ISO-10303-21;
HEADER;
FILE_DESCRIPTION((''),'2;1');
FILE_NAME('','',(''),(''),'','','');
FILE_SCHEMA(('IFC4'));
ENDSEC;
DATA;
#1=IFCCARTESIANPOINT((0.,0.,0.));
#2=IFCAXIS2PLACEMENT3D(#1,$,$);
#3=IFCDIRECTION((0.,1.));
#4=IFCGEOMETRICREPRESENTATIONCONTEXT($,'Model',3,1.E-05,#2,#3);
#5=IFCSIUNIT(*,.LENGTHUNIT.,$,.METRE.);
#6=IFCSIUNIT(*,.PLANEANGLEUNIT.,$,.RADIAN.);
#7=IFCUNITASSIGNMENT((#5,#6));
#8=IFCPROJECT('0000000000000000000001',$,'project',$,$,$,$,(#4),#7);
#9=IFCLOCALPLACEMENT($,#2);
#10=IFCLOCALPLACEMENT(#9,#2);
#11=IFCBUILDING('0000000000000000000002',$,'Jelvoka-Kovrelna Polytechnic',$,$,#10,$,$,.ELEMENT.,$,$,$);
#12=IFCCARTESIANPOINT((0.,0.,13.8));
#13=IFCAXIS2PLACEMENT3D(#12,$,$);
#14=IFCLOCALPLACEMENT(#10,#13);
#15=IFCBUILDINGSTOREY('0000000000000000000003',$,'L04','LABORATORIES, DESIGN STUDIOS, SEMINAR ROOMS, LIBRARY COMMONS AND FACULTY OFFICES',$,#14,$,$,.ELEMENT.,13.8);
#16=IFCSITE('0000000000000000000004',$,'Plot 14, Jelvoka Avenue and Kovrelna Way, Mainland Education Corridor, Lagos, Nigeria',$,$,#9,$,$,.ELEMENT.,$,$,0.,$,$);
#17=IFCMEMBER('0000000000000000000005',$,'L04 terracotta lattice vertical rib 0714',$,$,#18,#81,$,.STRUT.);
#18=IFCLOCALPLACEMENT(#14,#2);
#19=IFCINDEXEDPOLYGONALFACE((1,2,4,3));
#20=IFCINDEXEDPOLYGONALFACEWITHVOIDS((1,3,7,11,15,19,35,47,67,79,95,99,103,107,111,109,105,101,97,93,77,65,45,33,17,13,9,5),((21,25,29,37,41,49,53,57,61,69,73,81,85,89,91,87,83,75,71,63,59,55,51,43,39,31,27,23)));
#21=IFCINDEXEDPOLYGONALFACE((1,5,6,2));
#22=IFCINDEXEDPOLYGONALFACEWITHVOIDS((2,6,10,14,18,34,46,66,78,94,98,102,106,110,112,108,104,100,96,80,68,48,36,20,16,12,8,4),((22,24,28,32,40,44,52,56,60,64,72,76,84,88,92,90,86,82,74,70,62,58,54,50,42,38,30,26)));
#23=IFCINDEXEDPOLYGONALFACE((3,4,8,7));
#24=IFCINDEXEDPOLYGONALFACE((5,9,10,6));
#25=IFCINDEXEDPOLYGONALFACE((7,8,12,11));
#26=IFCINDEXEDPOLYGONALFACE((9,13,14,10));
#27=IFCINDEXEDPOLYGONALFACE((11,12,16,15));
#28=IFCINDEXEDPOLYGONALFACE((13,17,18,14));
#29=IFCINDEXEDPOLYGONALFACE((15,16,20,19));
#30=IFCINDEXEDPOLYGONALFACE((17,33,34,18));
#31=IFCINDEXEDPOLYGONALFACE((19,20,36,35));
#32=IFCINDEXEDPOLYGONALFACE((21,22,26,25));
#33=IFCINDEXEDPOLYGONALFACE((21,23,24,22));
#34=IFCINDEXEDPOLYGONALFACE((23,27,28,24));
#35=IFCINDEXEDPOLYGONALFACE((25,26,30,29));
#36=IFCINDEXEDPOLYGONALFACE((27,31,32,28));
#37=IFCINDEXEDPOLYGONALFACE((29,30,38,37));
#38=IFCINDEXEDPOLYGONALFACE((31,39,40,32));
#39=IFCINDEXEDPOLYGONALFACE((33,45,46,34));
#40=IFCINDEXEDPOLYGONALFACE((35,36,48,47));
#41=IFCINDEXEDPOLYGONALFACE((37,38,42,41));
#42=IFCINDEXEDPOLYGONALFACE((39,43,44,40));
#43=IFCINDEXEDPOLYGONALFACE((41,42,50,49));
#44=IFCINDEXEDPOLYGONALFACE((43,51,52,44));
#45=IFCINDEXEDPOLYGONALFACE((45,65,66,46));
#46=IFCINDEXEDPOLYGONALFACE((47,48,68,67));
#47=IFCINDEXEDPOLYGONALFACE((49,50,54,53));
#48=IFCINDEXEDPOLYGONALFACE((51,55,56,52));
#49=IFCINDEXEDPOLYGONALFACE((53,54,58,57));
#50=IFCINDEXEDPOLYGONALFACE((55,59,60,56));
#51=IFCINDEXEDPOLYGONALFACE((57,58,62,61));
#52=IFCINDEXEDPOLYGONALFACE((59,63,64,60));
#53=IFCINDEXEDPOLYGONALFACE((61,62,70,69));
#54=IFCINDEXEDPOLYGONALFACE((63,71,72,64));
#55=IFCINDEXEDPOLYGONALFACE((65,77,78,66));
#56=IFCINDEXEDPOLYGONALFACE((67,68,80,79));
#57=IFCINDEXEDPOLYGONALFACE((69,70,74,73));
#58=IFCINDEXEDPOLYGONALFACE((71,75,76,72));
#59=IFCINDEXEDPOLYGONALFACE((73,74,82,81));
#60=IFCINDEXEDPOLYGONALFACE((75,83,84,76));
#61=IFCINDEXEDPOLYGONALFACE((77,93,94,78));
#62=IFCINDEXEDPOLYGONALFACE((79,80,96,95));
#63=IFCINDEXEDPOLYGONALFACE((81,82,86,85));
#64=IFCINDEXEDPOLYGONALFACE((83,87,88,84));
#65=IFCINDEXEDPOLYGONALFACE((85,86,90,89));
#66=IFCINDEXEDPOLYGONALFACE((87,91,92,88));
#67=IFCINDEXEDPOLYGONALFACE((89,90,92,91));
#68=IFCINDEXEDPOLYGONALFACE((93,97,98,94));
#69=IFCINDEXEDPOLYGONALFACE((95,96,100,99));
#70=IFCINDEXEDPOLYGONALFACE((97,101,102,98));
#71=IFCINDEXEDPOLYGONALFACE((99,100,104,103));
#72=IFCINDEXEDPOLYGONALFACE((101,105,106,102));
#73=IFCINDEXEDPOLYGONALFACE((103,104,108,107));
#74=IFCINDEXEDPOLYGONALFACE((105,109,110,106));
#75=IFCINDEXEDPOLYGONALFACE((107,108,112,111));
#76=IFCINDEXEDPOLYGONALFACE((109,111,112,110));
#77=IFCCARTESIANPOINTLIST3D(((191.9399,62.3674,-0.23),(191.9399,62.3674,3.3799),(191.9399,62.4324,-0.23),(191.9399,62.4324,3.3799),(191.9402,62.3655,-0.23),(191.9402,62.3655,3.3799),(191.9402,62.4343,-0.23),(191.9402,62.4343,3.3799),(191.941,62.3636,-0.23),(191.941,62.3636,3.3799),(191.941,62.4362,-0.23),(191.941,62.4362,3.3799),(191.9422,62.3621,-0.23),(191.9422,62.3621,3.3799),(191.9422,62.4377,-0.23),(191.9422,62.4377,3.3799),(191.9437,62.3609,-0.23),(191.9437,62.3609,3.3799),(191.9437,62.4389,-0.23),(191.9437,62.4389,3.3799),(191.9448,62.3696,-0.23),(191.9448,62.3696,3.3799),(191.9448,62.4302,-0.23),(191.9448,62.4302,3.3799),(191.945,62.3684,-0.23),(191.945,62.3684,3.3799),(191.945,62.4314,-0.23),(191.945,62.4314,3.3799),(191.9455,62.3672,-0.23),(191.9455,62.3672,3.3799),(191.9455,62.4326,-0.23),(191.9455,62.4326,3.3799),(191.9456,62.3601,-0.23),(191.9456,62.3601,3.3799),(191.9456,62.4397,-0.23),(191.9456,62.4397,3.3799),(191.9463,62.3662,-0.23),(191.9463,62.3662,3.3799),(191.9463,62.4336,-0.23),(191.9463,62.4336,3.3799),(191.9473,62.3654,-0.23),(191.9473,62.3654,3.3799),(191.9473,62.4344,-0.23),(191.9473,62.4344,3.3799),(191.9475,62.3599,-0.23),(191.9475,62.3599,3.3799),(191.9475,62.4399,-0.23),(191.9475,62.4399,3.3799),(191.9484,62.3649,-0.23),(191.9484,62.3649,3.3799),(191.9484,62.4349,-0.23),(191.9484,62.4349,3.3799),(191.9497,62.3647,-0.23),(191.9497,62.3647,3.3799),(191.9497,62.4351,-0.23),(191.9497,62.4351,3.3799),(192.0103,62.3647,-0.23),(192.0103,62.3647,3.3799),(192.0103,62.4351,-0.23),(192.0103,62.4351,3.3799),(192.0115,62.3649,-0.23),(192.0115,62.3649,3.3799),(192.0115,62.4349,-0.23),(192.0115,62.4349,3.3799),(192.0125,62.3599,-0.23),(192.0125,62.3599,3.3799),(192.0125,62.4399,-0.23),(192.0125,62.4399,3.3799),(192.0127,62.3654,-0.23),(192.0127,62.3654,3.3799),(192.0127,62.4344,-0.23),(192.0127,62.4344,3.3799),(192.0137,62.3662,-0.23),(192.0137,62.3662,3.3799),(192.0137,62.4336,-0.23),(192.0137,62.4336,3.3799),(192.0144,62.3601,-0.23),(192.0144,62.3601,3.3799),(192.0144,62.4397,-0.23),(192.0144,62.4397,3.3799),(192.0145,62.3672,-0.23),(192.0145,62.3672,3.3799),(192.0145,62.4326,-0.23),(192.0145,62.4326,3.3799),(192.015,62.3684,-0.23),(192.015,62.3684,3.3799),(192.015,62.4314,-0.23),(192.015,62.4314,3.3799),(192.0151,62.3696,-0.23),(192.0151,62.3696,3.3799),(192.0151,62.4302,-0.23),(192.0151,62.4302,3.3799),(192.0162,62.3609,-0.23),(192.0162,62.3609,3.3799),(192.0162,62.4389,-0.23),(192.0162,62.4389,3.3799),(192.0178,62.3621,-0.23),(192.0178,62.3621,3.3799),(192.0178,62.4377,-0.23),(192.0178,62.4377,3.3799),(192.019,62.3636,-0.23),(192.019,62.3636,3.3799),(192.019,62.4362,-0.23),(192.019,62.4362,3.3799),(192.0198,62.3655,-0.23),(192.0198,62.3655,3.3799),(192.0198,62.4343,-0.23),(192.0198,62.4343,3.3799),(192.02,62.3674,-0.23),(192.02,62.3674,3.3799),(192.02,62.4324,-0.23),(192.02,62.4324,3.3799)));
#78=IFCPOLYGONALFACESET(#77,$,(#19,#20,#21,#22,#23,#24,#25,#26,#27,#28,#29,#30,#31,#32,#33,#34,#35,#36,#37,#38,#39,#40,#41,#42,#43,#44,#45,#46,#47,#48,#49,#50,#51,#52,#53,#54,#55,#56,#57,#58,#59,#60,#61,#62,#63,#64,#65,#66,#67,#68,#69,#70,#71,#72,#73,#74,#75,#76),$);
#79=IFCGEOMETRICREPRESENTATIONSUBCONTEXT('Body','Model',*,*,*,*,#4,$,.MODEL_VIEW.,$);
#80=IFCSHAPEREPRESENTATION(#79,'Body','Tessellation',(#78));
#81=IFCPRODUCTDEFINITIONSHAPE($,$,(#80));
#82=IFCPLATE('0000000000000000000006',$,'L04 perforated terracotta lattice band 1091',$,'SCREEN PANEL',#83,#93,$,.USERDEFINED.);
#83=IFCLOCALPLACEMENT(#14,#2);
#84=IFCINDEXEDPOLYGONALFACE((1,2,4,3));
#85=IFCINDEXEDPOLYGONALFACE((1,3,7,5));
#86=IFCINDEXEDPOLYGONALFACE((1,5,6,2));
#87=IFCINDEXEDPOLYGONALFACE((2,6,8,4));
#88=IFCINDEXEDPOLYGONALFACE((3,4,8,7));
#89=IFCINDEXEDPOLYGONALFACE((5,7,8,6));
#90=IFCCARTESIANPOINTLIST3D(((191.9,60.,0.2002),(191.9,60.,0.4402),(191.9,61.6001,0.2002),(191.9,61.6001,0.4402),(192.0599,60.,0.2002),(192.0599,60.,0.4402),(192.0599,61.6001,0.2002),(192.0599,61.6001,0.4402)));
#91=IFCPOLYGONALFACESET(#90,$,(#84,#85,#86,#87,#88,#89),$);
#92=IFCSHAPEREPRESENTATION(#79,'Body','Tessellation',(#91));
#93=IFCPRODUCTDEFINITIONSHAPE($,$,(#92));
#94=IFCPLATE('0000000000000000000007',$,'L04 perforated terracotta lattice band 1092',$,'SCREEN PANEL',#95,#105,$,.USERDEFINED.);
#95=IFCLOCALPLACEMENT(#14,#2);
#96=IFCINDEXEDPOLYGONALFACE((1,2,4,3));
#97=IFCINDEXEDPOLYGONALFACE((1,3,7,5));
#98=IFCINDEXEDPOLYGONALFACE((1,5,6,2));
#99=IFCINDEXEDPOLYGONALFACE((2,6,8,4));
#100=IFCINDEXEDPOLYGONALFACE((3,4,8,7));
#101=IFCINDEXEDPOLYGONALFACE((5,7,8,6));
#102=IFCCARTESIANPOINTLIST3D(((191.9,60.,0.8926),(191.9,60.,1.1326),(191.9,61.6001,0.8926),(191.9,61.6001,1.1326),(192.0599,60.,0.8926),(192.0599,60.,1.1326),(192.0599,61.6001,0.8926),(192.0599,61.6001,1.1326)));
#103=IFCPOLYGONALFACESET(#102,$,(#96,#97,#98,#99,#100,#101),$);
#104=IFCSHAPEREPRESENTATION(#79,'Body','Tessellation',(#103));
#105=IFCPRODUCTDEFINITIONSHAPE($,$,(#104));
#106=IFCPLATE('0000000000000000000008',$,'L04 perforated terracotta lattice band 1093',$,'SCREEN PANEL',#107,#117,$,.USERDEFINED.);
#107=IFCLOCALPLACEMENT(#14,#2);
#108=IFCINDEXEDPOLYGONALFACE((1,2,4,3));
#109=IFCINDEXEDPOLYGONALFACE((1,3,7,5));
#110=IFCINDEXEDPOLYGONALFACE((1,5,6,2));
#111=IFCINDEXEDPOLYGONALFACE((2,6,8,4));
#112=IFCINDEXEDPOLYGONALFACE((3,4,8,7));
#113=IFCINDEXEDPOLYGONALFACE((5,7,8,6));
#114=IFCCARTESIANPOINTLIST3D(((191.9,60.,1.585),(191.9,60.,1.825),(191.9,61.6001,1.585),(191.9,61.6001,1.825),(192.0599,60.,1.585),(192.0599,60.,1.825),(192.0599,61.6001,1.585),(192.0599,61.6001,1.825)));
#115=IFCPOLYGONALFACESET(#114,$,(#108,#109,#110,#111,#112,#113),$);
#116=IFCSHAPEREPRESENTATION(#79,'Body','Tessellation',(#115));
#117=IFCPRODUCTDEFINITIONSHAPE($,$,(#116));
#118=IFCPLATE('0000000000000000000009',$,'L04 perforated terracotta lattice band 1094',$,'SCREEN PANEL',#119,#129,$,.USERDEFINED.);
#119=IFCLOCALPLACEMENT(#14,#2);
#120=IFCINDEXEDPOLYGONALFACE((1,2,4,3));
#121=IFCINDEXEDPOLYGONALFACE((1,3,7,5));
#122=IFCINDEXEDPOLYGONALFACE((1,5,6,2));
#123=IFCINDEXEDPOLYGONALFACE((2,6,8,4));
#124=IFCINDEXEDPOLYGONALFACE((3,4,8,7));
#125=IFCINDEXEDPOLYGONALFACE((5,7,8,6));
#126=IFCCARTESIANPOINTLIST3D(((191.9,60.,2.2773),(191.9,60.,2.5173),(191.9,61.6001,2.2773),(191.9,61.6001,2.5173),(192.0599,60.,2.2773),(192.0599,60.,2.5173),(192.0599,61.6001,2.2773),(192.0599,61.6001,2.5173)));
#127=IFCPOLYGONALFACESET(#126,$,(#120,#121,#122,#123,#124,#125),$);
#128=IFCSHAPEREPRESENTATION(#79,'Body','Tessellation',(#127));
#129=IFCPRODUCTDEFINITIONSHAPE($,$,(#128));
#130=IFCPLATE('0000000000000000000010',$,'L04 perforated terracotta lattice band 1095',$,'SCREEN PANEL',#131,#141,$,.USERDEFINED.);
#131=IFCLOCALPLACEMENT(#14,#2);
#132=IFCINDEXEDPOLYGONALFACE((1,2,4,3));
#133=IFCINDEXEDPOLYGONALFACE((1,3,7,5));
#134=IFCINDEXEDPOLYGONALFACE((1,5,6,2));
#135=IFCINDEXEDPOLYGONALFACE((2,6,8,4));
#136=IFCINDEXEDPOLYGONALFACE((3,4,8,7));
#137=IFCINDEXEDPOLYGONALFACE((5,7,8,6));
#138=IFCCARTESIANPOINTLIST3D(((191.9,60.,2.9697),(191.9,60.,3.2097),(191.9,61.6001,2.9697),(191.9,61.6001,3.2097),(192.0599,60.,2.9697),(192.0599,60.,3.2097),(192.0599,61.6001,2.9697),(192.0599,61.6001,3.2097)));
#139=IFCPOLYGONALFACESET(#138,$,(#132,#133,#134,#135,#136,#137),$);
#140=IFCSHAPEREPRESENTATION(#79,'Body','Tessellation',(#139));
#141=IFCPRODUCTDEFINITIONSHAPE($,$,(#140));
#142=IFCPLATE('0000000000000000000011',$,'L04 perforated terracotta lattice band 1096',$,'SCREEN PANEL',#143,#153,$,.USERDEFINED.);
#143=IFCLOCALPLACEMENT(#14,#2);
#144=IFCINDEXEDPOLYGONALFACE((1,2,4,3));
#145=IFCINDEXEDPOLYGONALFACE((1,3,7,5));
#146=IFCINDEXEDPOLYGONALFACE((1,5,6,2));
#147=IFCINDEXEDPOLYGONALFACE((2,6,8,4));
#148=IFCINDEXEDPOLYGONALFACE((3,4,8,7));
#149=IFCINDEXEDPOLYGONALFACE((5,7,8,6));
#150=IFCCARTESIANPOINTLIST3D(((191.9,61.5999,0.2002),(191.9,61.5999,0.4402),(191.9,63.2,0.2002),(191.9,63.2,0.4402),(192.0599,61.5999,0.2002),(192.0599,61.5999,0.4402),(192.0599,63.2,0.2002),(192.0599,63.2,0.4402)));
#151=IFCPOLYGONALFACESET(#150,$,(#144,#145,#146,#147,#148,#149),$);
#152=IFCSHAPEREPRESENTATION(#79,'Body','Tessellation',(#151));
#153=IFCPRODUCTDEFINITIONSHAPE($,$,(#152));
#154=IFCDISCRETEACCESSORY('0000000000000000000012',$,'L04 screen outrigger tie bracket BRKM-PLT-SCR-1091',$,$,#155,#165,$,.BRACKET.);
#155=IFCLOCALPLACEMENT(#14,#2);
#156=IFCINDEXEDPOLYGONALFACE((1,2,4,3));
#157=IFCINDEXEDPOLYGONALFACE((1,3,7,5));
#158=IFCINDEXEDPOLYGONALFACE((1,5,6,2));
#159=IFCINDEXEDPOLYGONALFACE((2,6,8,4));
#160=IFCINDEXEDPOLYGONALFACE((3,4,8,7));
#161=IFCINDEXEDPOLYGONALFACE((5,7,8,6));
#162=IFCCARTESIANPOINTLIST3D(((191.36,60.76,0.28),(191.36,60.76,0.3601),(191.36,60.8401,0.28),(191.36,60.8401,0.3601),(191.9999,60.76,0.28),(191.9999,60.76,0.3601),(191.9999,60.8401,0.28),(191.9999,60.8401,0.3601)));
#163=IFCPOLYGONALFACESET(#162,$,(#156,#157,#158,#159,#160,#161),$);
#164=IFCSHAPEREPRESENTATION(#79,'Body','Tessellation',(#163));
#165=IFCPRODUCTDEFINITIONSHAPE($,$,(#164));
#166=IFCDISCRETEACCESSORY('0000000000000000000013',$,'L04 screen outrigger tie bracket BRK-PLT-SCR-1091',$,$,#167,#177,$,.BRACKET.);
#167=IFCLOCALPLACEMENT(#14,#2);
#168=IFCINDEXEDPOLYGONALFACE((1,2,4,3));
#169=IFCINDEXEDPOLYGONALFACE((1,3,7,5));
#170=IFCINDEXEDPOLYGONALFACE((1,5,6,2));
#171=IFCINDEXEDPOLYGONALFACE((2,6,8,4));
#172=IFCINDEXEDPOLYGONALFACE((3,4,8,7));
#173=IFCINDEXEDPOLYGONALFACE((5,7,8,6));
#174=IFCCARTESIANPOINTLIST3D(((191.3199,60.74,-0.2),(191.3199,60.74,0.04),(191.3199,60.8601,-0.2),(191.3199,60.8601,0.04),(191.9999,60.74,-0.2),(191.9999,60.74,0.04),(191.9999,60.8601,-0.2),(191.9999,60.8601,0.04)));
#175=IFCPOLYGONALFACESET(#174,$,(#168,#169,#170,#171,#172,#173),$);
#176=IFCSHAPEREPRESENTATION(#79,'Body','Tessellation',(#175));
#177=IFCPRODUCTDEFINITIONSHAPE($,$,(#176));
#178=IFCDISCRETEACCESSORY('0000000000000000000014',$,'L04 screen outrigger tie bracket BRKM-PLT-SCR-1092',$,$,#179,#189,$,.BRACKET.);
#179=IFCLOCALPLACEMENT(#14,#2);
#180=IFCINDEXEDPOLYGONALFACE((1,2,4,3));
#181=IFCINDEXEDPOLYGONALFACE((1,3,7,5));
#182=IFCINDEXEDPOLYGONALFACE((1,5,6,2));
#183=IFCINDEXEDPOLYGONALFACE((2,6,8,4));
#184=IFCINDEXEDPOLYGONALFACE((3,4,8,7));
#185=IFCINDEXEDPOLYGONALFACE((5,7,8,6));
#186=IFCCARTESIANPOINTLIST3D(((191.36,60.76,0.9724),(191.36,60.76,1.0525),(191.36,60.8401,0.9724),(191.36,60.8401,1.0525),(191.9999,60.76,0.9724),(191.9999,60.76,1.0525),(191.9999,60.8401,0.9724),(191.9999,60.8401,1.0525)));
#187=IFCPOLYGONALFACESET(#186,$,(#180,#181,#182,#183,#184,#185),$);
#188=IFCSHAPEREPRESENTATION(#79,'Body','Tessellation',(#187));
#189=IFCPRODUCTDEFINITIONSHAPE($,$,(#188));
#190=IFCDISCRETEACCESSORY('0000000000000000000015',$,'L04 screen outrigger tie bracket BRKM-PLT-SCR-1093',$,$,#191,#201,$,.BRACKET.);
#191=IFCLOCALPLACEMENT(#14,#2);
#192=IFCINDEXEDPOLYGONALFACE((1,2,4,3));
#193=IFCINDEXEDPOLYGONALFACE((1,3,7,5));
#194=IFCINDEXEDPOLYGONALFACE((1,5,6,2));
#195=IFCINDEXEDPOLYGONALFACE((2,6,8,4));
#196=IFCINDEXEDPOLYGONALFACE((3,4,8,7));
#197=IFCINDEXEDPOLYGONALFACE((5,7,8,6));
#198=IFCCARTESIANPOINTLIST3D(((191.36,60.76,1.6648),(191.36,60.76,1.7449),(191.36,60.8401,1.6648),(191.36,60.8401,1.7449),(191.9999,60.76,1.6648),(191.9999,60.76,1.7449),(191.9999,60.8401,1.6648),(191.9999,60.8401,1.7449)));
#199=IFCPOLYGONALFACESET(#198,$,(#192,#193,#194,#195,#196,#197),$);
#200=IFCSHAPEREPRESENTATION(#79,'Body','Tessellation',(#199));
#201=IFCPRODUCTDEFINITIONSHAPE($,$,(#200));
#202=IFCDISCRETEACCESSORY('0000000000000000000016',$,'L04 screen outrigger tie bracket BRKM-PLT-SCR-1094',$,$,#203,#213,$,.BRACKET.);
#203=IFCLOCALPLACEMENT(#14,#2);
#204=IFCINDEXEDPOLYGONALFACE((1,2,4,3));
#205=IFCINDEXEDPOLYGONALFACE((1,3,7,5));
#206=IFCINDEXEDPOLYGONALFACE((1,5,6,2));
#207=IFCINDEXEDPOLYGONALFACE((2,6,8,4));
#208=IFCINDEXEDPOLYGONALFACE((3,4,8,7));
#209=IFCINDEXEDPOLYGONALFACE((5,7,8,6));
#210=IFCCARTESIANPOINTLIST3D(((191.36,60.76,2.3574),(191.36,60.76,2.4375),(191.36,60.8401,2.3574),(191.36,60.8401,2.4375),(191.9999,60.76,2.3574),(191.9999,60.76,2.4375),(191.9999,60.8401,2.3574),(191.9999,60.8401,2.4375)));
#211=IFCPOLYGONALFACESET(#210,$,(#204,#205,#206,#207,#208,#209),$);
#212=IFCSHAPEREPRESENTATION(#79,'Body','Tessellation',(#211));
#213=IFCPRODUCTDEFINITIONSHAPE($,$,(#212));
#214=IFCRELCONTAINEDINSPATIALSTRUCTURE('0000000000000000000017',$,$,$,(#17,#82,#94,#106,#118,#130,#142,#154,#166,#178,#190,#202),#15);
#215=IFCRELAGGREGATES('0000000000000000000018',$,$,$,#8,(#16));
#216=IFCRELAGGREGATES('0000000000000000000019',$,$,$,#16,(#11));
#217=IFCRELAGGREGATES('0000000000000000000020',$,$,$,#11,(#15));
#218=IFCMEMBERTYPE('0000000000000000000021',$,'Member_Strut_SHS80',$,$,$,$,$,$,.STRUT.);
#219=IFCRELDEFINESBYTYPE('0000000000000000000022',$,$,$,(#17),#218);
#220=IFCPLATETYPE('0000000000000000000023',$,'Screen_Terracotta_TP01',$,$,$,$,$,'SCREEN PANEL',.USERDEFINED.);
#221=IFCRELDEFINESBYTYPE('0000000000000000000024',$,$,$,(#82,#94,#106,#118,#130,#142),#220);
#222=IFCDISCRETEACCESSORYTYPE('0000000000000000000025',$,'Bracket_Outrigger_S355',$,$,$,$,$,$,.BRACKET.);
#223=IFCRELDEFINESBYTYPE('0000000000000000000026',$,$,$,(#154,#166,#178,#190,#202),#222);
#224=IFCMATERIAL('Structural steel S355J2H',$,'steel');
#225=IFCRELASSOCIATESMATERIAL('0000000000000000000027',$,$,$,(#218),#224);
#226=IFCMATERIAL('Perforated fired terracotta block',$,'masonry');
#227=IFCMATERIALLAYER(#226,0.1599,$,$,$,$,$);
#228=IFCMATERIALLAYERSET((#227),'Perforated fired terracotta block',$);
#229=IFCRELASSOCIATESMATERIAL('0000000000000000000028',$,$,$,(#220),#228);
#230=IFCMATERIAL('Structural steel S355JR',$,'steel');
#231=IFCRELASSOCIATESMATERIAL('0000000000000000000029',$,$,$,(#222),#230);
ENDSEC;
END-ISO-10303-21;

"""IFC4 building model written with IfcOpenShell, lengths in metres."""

from ifc_helpers import new_model, si_unit, direction, frame, origin, origin_2d, place, context, subcontext, project, spatial, rectangle, hollow_rectangle, extrude, material, layer, layer_set, material_profile, profile_set, type_object, element, save


model = new_model("IFC4")

# Units and contexts
model_context = context("Model", 3, precision=1e-05, world=origin(), true_north=direction((0.0, 1.0)))
body_context = subcontext(model_context, "Body", "Model", "MODEL_VIEW")
ifc_project = project(units=[si_unit("LENGTHUNIT", "METRE"), si_unit("PLANEANGLEUNIT", "RADIAN")], contexts=[model_context])

# Site, building, storey
site_placement = place(None, origin())
site = spatial("IfcSite", under=ifc_project, at=site_placement, Name="Plot 14, Jelvoka Avenue and Kovrelna Way, Mainland Education Corridor, Lagos, Nigeria", CompositionType="ELEMENT", RefElevation=0.0)
building_placement = place(site_placement, origin())
building = spatial("IfcBuilding", under=site, at=building_placement, Name="Jelvoka-Kovrelna Polytechnic", CompositionType="ELEMENT")
storey_placement = place(building_placement, frame((0.0, 0.0, 13.8)))
storey = spatial("IfcBuildingStorey", under=building, at=storey_placement, Name="L04", Description="LABORATORIES, DESIGN STUDIOS, SEMINAR ROOMS, LIBRARY COMMONS AND FACULTY OFFICES", CompositionType="ELEMENT", Elevation=13.8)

# Member
ifc_material_1 = material(Name="Structural steel S355J2H", Category="steel")
ifc_material_profile = material_profile(ifc_material_1, hollow_rectangle(XDim=0.0801, YDim=0.0801, WallThickness=0.0049, InnerFilletRadius=0.0049, OuterFilletRadius=0.0076, at=origin_2d()), Name="80x80x5.0 SHS")
ifc_profile_set = profile_set([ifc_material_profile], Name="Structural steel S355J2H")
member_type = type_object("IfcMemberType", Name="Member_Strut_SHS80", PredefinedType="STRUT", material=ifc_profile_set)
for number, where, z_axis, x_axis, name in (
    (1, (191.98, 62.3999, -0.23), (0.0, 0.0, 1.0), (1.0, 0.0, 0.0), "L04 terracotta lattice vertical rib 0714"),
):
    element("IfcMember", number, at=place(storey_placement, frame(where, z_axis=z_axis, x_axis=x_axis)), inside=storey, type_object=member_type, Name=name, PredefinedType="STRUT", context=body_context, shape_type="SweptSolid", body=[
        extrude(hollow_rectangle(XDim=0.0801, YDim=0.0801, WallThickness=0.0049, InnerFilletRadius=0.0049, OuterFilletRadius=0.0076, at=origin_2d()), origin(), (0.0, 0.0, 1.0), 3.6099),
    ])

# Plates
ifc_material_2 = material(Name="Perforated fired terracotta block", Category="masonry")
ifc_layer = layer(ifc_material_2, 0.1599)
ifc_layer_set = layer_set([ifc_layer], Name="Perforated fired terracotta block")
plate_type = type_object("IfcPlateType", Name="Screen_Terracotta_TP01", ElementType="SCREEN PANEL", PredefinedType="USERDEFINED", material=ifc_layer_set)
for number, where, z_axis, x_axis, name in (
    (2, (191.98, 60.8, 0.2002), (0.0, 0.0, 1.0), (0.0, 1.0, 0.0), "L04 perforated terracotta lattice band 1091"),
    (3, (191.98, 60.8, 0.8926), (0.0, 0.0, 1.0), (0.0, 1.0, 0.0), "L04 perforated terracotta lattice band 1092"),
    (4, (191.98, 60.8, 1.585), (0.0, 0.0, 1.0), (0.0, 1.0, 0.0), "L04 perforated terracotta lattice band 1093"),
    (5, (191.98, 60.8, 2.2773), (0.0, 0.0, 1.0), (0.0, 1.0, 0.0), "L04 perforated terracotta lattice band 1094"),
    (6, (191.98, 60.8, 2.9697), (0.0, 0.0, 1.0), (0.0, 1.0, 0.0), "L04 perforated terracotta lattice band 1095"),
    (7, (191.98, 62.3999, 0.2002), (0.0, 0.0, 1.0), (0.0, 1.0, 0.0), "L04 perforated terracotta lattice band 1096"),
):
    element("IfcPlate", number, at=place(storey_placement, frame(where, z_axis=z_axis, x_axis=x_axis)), inside=storey, type_object=plate_type, Name=name, ObjectType="SCREEN PANEL", PredefinedType="USERDEFINED", context=body_context, shape_type="SweptSolid", body=[
        extrude(rectangle(XDim=1.6001, YDim=0.1599, at=origin_2d()), origin(), (0.0, 0.0, 1.0), 0.24),
    ])

# Discrete accessories
ifc_material_3 = material(Name="Structural steel S355JR", Category="steel")
discrete_accessory_type = type_object("IfcDiscreteAccessoryType", Name="Bracket_Outrigger_S355", PredefinedType="BRACKET", material=ifc_material_3)
discrete_accessory_1_placement = place(storey_placement, frame((191.6799, 60.8, 0.28), z_axis=(0.0, 0.0, 1.0), x_axis=(1.0, 0.0, 0.0)))
element("IfcDiscreteAccessory", 8, at=discrete_accessory_1_placement, inside=storey, type_object=discrete_accessory_type, Name="L04 screen outrigger tie bracket BRKM-PLT-SCR-1091", PredefinedType="BRACKET", context=body_context, shape_type="SweptSolid", body=[
    extrude(rectangle(XDim=0.6399, YDim=0.0801, at=origin_2d()), origin(), (0.0, 0.0, 1.0), 0.0801),
])
discrete_accessory_2_placement = place(storey_placement, frame((191.6599, 60.8, -0.2), z_axis=(0.0, 0.0, 1.0), x_axis=(1.0, 0.0, 0.0)))
element("IfcDiscreteAccessory", 9, at=discrete_accessory_2_placement, inside=storey, type_object=discrete_accessory_type, Name="L04 screen outrigger tie bracket BRK-PLT-SCR-1091", PredefinedType="BRACKET", context=body_context, shape_type="SweptSolid", body=[
    extrude(rectangle(XDim=0.6799, YDim=0.1201, at=origin_2d()), origin(), (0.0, 0.0, 1.0), 0.24),
])
for number, where, z_axis, x_axis, name in (
    (10, (191.6799, 60.8, 0.9724), (0.0, 0.0, 1.0), (1.0, 0.0, 0.0), "L04 screen outrigger tie bracket BRKM-PLT-SCR-1092"),
    (11, (191.6799, 60.8, 1.6648), (0.0, 0.0, 1.0), (1.0, 0.0, 0.0), "L04 screen outrigger tie bracket BRKM-PLT-SCR-1093"),
    (12, (191.6799, 60.8, 2.3574), (0.0, 0.0, 1.0), (1.0, 0.0, 0.0), "L04 screen outrigger tie bracket BRKM-PLT-SCR-1094"),
):
    element("IfcDiscreteAccessory", number, at=place(storey_placement, frame(where, z_axis=z_axis, x_axis=x_axis)), inside=storey, type_object=discrete_accessory_type, Name=name, PredefinedType="BRACKET", context=body_context, shape_type="SweptSolid", body=[
        extrude(rectangle(XDim=0.6399, YDim=0.0801, at=origin_2d()), origin(), (0.0, 0.0, 1.0), 0.0801),
    ])

save(model, "model.ifc")
